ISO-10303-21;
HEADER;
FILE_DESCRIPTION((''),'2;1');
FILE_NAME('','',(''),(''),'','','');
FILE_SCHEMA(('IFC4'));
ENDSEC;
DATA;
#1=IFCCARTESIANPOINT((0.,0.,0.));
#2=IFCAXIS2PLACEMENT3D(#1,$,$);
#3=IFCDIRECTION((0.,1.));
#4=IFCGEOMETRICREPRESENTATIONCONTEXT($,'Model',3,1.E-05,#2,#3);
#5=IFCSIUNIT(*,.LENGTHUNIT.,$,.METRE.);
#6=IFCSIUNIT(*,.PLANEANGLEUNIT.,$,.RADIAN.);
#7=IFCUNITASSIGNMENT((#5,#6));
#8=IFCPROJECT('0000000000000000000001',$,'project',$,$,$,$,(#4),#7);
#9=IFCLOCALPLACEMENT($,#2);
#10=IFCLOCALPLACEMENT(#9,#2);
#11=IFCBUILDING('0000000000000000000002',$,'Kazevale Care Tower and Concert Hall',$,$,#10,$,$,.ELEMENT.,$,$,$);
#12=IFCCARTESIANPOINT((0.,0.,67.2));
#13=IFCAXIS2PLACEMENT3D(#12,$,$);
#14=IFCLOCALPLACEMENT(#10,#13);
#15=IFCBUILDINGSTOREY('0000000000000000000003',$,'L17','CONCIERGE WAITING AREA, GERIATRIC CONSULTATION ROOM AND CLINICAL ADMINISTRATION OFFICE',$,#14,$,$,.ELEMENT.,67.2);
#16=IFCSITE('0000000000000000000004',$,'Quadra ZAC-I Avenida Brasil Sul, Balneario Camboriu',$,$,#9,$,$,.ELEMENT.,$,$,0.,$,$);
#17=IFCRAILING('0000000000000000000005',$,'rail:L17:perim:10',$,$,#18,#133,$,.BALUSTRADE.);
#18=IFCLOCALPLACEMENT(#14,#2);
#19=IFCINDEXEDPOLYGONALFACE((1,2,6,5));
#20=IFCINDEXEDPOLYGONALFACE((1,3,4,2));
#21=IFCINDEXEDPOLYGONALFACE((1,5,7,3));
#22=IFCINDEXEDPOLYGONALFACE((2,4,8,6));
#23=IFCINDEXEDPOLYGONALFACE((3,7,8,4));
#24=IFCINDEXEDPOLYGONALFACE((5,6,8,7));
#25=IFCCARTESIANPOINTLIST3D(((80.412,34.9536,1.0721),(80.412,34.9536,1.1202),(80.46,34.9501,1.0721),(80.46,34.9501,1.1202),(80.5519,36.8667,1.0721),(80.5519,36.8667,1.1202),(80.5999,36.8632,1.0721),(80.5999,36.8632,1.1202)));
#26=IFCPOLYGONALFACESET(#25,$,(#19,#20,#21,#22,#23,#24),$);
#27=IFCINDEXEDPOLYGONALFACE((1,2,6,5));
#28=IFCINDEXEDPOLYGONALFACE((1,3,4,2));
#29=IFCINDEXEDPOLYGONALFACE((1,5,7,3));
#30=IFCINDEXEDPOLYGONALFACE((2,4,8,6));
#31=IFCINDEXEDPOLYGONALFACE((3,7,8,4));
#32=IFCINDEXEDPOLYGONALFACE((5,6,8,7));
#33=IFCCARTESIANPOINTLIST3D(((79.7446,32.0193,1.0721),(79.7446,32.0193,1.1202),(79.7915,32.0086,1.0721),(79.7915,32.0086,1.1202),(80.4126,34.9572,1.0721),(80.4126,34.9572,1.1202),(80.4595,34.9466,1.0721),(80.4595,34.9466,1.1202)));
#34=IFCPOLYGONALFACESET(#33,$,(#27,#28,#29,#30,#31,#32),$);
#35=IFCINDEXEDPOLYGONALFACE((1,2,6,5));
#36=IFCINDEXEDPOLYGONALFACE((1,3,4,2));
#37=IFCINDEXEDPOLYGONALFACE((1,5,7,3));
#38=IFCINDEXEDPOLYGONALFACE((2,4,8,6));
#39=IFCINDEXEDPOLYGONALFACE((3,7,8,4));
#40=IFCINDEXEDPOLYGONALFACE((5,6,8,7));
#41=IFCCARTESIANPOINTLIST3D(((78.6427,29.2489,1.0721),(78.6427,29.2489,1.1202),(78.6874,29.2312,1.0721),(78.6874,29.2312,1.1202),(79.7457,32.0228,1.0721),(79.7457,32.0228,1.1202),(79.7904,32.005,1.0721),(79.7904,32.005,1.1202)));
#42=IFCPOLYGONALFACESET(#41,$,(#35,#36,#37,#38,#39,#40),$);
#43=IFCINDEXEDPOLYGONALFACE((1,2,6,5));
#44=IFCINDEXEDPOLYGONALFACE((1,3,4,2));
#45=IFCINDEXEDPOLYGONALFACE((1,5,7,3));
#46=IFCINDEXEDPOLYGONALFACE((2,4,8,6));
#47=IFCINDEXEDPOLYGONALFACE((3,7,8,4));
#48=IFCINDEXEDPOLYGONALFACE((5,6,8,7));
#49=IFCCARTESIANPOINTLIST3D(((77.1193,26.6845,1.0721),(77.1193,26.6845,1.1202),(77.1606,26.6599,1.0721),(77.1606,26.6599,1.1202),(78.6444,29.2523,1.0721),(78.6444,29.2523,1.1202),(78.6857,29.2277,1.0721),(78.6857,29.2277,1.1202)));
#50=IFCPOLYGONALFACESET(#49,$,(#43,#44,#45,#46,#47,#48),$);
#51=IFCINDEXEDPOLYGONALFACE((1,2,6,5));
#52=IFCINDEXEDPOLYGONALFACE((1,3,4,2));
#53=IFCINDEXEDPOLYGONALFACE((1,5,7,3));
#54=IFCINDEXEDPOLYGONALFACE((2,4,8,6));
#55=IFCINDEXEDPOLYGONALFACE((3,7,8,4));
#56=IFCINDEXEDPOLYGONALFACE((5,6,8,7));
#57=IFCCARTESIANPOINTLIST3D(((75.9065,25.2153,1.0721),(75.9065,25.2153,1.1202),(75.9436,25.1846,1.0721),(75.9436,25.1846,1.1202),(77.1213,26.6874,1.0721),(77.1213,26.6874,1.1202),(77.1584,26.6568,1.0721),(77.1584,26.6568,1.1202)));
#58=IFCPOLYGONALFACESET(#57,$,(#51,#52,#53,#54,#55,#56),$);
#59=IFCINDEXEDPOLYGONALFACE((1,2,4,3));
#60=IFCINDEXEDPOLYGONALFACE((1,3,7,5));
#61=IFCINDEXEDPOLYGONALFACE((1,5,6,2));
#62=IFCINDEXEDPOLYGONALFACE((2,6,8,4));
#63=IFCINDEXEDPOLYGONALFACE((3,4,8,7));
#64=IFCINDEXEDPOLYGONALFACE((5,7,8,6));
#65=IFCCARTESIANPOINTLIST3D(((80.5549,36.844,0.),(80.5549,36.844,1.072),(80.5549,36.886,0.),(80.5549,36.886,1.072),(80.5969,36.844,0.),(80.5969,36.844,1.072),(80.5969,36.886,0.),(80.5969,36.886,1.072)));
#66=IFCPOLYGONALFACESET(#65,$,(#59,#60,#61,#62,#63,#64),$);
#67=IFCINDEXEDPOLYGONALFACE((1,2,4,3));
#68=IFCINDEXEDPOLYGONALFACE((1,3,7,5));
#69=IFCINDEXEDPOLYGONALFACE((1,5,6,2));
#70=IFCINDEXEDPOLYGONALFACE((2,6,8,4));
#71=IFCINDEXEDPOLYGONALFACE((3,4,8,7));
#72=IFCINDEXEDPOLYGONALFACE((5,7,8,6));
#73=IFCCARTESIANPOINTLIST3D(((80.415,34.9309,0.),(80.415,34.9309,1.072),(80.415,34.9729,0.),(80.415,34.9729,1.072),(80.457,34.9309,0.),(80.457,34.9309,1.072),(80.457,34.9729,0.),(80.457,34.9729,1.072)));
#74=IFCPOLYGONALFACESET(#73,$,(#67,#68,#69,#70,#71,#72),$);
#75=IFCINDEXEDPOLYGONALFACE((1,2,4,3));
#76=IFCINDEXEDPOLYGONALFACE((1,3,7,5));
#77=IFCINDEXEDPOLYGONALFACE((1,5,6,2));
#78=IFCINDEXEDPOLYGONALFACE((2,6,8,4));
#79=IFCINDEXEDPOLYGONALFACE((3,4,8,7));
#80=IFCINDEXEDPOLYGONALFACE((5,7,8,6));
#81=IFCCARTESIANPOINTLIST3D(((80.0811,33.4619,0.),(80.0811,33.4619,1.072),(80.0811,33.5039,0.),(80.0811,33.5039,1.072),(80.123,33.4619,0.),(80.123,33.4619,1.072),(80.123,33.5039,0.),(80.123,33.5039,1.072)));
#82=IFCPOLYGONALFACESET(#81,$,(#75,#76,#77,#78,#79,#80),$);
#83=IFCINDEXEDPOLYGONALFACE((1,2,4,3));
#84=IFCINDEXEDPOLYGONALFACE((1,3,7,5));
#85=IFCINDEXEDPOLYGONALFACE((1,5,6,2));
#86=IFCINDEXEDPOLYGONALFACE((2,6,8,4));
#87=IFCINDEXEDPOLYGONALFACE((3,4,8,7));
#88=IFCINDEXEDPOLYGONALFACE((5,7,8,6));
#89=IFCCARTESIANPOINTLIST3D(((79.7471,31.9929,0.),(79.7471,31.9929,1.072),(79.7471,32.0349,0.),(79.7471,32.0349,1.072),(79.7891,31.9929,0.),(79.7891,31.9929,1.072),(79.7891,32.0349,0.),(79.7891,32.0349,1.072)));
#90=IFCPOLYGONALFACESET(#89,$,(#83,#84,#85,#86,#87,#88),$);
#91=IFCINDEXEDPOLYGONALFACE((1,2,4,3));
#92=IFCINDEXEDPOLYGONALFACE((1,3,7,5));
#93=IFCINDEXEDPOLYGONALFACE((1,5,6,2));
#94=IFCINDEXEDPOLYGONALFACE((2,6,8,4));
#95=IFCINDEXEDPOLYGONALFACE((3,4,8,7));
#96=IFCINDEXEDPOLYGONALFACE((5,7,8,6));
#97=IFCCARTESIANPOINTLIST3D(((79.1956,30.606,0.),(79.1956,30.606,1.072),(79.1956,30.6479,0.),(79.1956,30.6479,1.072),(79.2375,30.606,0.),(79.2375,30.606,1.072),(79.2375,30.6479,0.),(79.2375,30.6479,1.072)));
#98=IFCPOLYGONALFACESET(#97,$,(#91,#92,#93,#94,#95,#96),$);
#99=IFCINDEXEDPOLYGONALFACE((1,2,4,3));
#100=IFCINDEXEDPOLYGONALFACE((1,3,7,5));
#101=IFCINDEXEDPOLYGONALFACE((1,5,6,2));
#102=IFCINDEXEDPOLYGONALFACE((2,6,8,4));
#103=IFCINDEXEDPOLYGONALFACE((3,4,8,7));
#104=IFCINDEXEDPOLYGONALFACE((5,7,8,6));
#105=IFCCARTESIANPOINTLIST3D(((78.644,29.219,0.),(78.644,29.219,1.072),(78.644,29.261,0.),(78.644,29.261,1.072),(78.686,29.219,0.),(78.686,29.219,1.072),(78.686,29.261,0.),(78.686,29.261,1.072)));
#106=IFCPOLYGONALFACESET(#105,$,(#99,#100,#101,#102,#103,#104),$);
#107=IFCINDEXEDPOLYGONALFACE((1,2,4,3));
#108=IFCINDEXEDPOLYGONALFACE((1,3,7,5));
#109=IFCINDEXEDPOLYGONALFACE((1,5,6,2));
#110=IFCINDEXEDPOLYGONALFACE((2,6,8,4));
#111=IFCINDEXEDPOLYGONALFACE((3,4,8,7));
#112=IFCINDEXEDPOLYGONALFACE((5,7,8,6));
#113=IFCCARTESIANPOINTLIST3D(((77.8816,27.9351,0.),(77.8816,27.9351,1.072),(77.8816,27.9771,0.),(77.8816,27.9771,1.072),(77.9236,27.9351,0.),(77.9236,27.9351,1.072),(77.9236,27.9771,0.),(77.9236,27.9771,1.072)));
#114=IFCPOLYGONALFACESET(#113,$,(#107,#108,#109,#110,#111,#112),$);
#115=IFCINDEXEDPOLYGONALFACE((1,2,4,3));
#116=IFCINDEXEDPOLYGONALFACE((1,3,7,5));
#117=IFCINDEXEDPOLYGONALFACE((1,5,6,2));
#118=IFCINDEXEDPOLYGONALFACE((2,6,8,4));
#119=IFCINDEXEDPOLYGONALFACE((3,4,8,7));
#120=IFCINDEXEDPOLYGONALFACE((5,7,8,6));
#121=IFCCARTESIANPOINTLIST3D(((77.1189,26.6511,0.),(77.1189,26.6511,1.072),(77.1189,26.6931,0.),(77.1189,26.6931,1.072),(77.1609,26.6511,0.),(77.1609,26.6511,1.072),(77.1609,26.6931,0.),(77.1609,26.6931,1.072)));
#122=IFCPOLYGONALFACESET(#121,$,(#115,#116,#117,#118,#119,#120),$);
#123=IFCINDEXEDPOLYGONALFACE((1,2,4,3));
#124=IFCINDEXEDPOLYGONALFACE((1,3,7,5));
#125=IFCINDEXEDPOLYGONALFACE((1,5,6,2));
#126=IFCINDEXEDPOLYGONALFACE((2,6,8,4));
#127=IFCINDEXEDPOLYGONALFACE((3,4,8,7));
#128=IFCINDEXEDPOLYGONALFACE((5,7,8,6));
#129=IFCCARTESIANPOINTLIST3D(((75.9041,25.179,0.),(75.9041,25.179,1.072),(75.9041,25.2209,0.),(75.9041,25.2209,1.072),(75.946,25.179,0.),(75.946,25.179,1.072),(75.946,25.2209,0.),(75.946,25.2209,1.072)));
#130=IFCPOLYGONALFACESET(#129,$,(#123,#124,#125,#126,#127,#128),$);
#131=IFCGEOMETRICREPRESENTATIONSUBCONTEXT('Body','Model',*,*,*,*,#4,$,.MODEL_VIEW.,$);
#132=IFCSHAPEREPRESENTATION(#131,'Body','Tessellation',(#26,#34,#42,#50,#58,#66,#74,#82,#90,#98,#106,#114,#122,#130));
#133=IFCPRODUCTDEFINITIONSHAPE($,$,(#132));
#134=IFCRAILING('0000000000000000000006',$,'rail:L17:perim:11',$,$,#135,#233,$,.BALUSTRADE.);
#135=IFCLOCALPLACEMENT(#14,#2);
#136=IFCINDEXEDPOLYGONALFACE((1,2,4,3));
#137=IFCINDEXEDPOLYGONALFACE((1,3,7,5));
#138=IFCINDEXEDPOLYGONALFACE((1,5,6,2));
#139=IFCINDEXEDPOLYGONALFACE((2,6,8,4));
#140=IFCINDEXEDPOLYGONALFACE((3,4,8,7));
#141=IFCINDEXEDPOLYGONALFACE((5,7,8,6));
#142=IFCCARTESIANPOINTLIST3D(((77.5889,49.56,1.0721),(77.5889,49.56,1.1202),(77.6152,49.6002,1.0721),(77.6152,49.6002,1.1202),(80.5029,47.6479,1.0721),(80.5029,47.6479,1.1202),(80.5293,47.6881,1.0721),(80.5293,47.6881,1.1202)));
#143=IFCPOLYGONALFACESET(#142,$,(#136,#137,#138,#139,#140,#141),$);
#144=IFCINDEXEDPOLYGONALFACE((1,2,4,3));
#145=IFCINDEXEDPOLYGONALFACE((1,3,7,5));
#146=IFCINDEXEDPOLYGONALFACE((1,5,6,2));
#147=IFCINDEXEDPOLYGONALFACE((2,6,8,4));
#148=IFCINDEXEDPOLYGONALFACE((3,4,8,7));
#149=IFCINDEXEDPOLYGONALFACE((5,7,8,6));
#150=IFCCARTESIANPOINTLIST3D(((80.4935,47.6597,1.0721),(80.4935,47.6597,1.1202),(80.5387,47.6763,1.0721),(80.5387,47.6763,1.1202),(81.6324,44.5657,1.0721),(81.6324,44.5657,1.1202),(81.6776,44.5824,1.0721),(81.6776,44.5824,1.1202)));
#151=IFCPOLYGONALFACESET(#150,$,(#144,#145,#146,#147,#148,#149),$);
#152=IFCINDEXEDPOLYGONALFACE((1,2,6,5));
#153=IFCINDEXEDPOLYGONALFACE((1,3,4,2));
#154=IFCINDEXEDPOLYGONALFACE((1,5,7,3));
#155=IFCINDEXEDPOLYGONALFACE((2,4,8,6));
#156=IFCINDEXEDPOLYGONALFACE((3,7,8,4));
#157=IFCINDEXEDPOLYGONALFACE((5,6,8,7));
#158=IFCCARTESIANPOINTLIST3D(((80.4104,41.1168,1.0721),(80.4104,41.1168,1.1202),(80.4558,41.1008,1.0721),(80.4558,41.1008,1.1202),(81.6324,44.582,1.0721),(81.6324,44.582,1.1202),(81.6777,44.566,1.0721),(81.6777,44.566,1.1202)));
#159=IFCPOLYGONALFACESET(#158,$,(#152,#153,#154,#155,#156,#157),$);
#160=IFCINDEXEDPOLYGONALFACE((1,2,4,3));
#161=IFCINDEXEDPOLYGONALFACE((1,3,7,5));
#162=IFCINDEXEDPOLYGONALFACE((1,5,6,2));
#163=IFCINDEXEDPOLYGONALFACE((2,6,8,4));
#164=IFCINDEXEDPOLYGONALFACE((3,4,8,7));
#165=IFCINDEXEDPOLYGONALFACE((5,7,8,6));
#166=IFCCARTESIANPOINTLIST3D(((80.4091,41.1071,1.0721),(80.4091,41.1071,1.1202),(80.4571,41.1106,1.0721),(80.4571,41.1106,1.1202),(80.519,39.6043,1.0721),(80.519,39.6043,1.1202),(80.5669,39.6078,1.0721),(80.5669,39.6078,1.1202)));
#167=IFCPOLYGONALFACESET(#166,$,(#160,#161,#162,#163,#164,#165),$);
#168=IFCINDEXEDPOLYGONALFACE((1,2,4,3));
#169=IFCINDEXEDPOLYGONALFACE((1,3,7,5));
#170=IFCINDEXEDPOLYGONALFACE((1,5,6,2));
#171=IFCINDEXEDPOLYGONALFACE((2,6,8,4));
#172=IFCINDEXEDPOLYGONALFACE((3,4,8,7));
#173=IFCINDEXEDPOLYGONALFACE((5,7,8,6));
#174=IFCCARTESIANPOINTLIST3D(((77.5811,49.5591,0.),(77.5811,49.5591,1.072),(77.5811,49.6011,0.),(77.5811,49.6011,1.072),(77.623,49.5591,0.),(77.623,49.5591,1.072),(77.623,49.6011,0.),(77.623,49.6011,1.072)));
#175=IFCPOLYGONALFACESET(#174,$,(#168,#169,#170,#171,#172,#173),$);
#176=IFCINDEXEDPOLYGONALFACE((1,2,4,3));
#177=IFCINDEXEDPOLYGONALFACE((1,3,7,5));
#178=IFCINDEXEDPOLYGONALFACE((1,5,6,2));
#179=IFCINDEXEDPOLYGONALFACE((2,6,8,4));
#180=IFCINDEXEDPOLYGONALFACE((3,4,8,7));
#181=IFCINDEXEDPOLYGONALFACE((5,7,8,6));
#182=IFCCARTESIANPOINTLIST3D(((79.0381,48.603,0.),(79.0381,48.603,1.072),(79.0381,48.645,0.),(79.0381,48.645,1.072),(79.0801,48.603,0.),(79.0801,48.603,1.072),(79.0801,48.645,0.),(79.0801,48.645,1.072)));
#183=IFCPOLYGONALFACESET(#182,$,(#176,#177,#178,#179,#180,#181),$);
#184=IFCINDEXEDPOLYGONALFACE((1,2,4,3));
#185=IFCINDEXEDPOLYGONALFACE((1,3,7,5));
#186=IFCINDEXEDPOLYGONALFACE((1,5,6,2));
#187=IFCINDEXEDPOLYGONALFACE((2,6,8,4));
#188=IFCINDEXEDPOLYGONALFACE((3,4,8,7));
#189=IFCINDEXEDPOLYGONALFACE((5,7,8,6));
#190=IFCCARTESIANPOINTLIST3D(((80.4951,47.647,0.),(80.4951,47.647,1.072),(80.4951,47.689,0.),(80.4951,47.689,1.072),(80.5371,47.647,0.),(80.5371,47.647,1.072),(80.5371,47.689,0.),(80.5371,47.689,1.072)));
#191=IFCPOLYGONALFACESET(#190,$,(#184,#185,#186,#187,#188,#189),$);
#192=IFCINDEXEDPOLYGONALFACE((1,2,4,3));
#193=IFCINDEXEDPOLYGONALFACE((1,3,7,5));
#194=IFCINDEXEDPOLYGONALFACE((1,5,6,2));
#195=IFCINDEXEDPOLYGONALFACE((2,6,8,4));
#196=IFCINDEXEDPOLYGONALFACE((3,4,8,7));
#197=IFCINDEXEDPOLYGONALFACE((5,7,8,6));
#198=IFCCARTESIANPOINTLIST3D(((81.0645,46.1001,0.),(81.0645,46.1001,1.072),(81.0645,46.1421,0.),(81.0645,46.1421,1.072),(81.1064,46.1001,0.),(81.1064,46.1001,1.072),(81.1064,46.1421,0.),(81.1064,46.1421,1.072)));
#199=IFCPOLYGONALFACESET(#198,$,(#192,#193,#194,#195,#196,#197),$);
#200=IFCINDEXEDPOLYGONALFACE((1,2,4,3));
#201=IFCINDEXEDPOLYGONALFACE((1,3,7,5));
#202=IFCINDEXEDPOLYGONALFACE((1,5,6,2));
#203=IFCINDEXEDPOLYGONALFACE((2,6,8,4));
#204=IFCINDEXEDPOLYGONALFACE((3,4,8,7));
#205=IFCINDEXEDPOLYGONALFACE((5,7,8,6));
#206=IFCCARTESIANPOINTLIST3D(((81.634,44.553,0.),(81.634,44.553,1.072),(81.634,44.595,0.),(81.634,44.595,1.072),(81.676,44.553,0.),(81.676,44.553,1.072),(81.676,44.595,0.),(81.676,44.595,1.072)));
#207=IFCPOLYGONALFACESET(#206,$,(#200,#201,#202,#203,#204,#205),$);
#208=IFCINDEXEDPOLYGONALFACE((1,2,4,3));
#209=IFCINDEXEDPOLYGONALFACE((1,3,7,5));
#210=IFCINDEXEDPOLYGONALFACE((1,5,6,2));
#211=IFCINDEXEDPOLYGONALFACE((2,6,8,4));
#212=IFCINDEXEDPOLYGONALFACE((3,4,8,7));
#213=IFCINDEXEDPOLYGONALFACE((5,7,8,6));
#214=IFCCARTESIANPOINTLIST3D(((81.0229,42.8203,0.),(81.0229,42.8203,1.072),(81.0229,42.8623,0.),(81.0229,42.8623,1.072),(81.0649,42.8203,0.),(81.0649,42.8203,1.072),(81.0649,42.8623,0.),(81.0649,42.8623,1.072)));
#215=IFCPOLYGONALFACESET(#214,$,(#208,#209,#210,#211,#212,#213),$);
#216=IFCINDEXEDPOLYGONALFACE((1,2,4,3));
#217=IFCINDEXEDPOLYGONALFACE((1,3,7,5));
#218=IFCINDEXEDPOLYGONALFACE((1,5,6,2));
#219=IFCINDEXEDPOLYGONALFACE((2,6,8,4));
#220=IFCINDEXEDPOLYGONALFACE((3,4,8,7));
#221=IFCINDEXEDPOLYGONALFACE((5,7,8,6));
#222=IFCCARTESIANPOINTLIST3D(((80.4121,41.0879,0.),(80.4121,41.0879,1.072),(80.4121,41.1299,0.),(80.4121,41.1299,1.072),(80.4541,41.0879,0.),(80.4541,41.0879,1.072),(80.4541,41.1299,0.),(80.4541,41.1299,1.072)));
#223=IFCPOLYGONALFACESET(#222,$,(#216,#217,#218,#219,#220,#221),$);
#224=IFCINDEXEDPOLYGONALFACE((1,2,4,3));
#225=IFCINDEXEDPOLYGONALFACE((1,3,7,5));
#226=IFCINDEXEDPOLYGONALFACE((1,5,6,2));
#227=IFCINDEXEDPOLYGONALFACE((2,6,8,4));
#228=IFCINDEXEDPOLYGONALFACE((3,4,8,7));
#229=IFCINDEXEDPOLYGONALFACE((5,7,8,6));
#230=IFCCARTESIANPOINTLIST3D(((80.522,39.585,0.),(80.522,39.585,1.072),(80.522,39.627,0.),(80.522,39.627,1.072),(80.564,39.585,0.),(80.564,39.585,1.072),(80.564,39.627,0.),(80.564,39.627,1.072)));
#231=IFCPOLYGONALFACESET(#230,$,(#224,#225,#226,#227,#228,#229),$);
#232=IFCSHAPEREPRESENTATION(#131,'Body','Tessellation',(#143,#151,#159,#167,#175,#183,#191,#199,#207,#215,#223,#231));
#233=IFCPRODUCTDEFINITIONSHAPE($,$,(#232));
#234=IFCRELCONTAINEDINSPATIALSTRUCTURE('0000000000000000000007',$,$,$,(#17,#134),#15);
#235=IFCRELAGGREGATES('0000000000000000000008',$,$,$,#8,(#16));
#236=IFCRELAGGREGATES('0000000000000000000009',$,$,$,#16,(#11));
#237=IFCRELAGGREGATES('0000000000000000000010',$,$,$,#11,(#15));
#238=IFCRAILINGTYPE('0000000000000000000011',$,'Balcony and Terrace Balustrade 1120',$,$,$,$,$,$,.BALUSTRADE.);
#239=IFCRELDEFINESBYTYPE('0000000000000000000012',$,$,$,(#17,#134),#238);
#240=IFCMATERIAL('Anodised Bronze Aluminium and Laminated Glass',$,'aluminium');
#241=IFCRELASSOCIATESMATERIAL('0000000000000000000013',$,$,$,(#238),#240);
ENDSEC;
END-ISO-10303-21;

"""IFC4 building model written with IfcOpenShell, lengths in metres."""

from ifc_helpers import new_model, si_unit, direction, frame, origin, origin_2d, place, context, subcontext, project, spatial, rectangle, extrude, material, type_object, element, save


model = new_model("IFC4")

# Units and contexts
model_context = context("Model", 3, precision=1e-05, world=origin(), true_north=direction((0.0, 1.0)))
body_context = subcontext(model_context, "Body", "Model", "MODEL_VIEW")
ifc_project = project(units=[si_unit("LENGTHUNIT", "METRE"), si_unit("PLANEANGLEUNIT", "RADIAN")], contexts=[model_context])

# Site, building, storey
site_placement = place(None, origin())
site = spatial("IfcSite", under=ifc_project, at=site_placement, Name="Quadra ZAC-I Avenida Brasil Sul, Balneario Camboriu", CompositionType="ELEMENT", RefElevation=0.0)
building_placement = place(site_placement, origin())
building = spatial("IfcBuilding", under=site, at=building_placement, Name="Kazevale Care Tower and Concert Hall", CompositionType="ELEMENT")
storey_placement = place(building_placement, frame((0.0, 0.0, 67.2)))
storey = spatial("IfcBuildingStorey", under=building, at=storey_placement, Name="L17", Description="CONCIERGE WAITING AREA, GERIATRIC CONSULTATION ROOM AND CLINICAL ADMINISTRATION OFFICE", CompositionType="ELEMENT", Elevation=67.2)

# Railings
ifc_material_1 = material(Name="Anodised Bronze Aluminium and Laminated Glass", Category="aluminium")
railing_type = type_object("IfcRailingType", Name="Balcony and Terrace Balustrade 1120", PredefinedType="BALUSTRADE", material=ifc_material_1)
railing_1_placement = place(storey_placement, frame((80.5759, 36.865, 0.0)))
element("IfcRailing", 1, at=railing_1_placement, inside=storey, type_object=railing_type, Name="rail:L17:perim:10", PredefinedType="BALUSTRADE", context=body_context, shape_type="SweptSolid", body=[
    extrude(rectangle(XDim=0.0481, YDim=0.0481, at=origin_2d()), frame((0.0, 0.0, 1.0962), z_axis=(-0.072929, -0.997337, 0.0), x_axis=(0.997337, -0.072929, 0.0)), (0.0, 0.0, 1.0), 1.9182),
    extrude(rectangle(XDim=0.0481, YDim=0.0481, at=origin_2d()), frame((-0.1399, -1.9131, 1.0962), z_axis=(-0.221698, -0.975115, 0.0), x_axis=(0.975115, -0.221698, 0.0)), (0.0, 0.0, 1.0), 3.0129),
    extrude(rectangle(XDim=0.0481, YDim=0.0481, at=origin_2d()), frame((-0.8079, -4.8511, 1.0962), z_axis=(-0.3695, -0.929231, 0.0), x_axis=(0.929231, -0.3695, 0.0)), (0.0, 0.0, 1.0), 2.9851),
    extrude(rectangle(XDim=0.0481, YDim=0.0481, at=origin_2d()), frame((-1.9109, -7.625, 1.0962), z_axis=(-0.510656, -0.859785, 0.0), x_axis=(0.859785, -0.510656, 0.0)), (0.0, 0.0, 1.0), 2.9866),
    extrude(rectangle(XDim=0.0481, YDim=0.0481, at=origin_2d()), frame((-3.436, -10.1929, 1.0962), z_axis=(-0.636478, -0.771295, 0.0), x_axis=(0.771295, -0.636478, 0.0)), (0.0, 0.0, 1.0), 1.9087),
    extrude(rectangle(XDim=0.042, YDim=0.042, at=origin_2d()), origin(), (0.0, 0.0, 1.0), 1.072),
    extrude(rectangle(XDim=0.042, YDim=0.042, at=origin_2d()), frame((-0.1399, -1.9131, 0.0)), (0.0, 0.0, 1.0), 1.072),
    extrude(rectangle(XDim=0.042, YDim=0.042, at=origin_2d()), frame((-0.4739, -3.3821, 0.0)), (0.0, 0.0, 1.0), 1.072),
    extrude(rectangle(XDim=0.042, YDim=0.042, at=origin_2d()), frame((-0.8079, -4.8511, 0.0)), (0.0, 0.0, 1.0), 1.072),
    extrude(rectangle(XDim=0.042, YDim=0.042, at=origin_2d()), frame((-1.3594, -6.238, 0.0)), (0.0, 0.0, 1.0), 1.072),
    extrude(rectangle(XDim=0.042, YDim=0.042, at=origin_2d()), frame((-1.9109, -7.625, 0.0)), (0.0, 0.0, 1.0), 1.072),
    extrude(rectangle(XDim=0.042, YDim=0.042, at=origin_2d()), frame((-2.6733, -8.9089, 0.0)), (0.0, 0.0, 1.0), 1.072),
    extrude(rectangle(XDim=0.042, YDim=0.042, at=origin_2d()), frame((-3.436, -10.1929, 0.0)), (0.0, 0.0, 1.0), 1.072),
    extrude(rectangle(XDim=0.042, YDim=0.042, at=origin_2d()), frame((-4.6509, -11.665, 0.0)), (0.0, 0.0, 1.0), 1.072),
])
railing_2_placement = place(storey_placement, frame((77.6021, 49.5801, 0.0)))
element("IfcRailing", 2, at=railing_2_placement, inside=storey, type_object=railing_type, Name="rail:L17:perim:11", PredefinedType="BALUSTRADE", context=body_context, shape_type="SweptSolid", body=[
    extrude(rectangle(XDim=0.0481, YDim=0.0481, at=origin_2d()), frame((0.0, 0.0, 1.0962), z_axis=(0.83608, -0.548607, 0.0), x_axis=(0.548607, 0.83608, 0.0)), (0.0, 0.0, 1.0), 3.4854),
    extrude(rectangle(XDim=0.0481, YDim=0.0481, at=origin_2d()), frame((2.9141, -1.9121, 1.0962), z_axis=(0.345445, -0.938439, 0.0), x_axis=(0.938439, 0.345445, 0.0)), (0.0, 0.0, 1.0), 3.2969),
    extrude(rectangle(XDim=0.0481, YDim=0.0481, at=origin_2d()), frame((4.053, -5.0061, 1.0962), z_axis=(-0.332566, -0.94308, 0.0), x_axis=(0.94308, -0.332566, 0.0)), (0.0, 0.0, 1.0), 3.6743),
    extrude(rectangle(XDim=0.0481, YDim=0.0481, at=origin_2d()), frame((2.8311, -8.4712, 1.0962), z_axis=(0.072905, -0.997339, 0.0), x_axis=(0.997339, 0.072905, 0.0)), (0.0, 0.0, 1.0), 1.5068),
    extrude(rectangle(XDim=0.042, YDim=0.042, at=origin_2d()), origin(), (0.0, 0.0, 1.0), 1.072),
    extrude(rectangle(XDim=0.042, YDim=0.042, at=origin_2d()), frame((1.457, -0.9561, 0.0)), (0.0, 0.0, 1.0), 1.072),
    extrude(rectangle(XDim=0.042, YDim=0.042, at=origin_2d()), frame((2.9141, -1.9121, 0.0)), (0.0, 0.0, 1.0), 1.072),
    extrude(rectangle(XDim=0.042, YDim=0.042, at=origin_2d()), frame((3.4834, -3.459, 0.0)), (0.0, 0.0, 1.0), 1.072),
    extrude(rectangle(XDim=0.042, YDim=0.042, at=origin_2d()), frame((4.053, -5.0061, 0.0)), (0.0, 0.0, 1.0), 1.072),
    extrude(rectangle(XDim=0.042, YDim=0.042, at=origin_2d()), frame((3.4419, -6.7388, 0.0)), (0.0, 0.0, 1.0), 1.072),
    extrude(rectangle(XDim=0.042, YDim=0.042, at=origin_2d()), frame((2.8311, -8.4712, 0.0)), (0.0, 0.0, 1.0), 1.072),
    extrude(rectangle(XDim=0.042, YDim=0.042, at=origin_2d()), frame((2.9409, -9.9741, 0.0)), (0.0, 0.0, 1.0), 1.072),
])

save(model, "model.ifc")
